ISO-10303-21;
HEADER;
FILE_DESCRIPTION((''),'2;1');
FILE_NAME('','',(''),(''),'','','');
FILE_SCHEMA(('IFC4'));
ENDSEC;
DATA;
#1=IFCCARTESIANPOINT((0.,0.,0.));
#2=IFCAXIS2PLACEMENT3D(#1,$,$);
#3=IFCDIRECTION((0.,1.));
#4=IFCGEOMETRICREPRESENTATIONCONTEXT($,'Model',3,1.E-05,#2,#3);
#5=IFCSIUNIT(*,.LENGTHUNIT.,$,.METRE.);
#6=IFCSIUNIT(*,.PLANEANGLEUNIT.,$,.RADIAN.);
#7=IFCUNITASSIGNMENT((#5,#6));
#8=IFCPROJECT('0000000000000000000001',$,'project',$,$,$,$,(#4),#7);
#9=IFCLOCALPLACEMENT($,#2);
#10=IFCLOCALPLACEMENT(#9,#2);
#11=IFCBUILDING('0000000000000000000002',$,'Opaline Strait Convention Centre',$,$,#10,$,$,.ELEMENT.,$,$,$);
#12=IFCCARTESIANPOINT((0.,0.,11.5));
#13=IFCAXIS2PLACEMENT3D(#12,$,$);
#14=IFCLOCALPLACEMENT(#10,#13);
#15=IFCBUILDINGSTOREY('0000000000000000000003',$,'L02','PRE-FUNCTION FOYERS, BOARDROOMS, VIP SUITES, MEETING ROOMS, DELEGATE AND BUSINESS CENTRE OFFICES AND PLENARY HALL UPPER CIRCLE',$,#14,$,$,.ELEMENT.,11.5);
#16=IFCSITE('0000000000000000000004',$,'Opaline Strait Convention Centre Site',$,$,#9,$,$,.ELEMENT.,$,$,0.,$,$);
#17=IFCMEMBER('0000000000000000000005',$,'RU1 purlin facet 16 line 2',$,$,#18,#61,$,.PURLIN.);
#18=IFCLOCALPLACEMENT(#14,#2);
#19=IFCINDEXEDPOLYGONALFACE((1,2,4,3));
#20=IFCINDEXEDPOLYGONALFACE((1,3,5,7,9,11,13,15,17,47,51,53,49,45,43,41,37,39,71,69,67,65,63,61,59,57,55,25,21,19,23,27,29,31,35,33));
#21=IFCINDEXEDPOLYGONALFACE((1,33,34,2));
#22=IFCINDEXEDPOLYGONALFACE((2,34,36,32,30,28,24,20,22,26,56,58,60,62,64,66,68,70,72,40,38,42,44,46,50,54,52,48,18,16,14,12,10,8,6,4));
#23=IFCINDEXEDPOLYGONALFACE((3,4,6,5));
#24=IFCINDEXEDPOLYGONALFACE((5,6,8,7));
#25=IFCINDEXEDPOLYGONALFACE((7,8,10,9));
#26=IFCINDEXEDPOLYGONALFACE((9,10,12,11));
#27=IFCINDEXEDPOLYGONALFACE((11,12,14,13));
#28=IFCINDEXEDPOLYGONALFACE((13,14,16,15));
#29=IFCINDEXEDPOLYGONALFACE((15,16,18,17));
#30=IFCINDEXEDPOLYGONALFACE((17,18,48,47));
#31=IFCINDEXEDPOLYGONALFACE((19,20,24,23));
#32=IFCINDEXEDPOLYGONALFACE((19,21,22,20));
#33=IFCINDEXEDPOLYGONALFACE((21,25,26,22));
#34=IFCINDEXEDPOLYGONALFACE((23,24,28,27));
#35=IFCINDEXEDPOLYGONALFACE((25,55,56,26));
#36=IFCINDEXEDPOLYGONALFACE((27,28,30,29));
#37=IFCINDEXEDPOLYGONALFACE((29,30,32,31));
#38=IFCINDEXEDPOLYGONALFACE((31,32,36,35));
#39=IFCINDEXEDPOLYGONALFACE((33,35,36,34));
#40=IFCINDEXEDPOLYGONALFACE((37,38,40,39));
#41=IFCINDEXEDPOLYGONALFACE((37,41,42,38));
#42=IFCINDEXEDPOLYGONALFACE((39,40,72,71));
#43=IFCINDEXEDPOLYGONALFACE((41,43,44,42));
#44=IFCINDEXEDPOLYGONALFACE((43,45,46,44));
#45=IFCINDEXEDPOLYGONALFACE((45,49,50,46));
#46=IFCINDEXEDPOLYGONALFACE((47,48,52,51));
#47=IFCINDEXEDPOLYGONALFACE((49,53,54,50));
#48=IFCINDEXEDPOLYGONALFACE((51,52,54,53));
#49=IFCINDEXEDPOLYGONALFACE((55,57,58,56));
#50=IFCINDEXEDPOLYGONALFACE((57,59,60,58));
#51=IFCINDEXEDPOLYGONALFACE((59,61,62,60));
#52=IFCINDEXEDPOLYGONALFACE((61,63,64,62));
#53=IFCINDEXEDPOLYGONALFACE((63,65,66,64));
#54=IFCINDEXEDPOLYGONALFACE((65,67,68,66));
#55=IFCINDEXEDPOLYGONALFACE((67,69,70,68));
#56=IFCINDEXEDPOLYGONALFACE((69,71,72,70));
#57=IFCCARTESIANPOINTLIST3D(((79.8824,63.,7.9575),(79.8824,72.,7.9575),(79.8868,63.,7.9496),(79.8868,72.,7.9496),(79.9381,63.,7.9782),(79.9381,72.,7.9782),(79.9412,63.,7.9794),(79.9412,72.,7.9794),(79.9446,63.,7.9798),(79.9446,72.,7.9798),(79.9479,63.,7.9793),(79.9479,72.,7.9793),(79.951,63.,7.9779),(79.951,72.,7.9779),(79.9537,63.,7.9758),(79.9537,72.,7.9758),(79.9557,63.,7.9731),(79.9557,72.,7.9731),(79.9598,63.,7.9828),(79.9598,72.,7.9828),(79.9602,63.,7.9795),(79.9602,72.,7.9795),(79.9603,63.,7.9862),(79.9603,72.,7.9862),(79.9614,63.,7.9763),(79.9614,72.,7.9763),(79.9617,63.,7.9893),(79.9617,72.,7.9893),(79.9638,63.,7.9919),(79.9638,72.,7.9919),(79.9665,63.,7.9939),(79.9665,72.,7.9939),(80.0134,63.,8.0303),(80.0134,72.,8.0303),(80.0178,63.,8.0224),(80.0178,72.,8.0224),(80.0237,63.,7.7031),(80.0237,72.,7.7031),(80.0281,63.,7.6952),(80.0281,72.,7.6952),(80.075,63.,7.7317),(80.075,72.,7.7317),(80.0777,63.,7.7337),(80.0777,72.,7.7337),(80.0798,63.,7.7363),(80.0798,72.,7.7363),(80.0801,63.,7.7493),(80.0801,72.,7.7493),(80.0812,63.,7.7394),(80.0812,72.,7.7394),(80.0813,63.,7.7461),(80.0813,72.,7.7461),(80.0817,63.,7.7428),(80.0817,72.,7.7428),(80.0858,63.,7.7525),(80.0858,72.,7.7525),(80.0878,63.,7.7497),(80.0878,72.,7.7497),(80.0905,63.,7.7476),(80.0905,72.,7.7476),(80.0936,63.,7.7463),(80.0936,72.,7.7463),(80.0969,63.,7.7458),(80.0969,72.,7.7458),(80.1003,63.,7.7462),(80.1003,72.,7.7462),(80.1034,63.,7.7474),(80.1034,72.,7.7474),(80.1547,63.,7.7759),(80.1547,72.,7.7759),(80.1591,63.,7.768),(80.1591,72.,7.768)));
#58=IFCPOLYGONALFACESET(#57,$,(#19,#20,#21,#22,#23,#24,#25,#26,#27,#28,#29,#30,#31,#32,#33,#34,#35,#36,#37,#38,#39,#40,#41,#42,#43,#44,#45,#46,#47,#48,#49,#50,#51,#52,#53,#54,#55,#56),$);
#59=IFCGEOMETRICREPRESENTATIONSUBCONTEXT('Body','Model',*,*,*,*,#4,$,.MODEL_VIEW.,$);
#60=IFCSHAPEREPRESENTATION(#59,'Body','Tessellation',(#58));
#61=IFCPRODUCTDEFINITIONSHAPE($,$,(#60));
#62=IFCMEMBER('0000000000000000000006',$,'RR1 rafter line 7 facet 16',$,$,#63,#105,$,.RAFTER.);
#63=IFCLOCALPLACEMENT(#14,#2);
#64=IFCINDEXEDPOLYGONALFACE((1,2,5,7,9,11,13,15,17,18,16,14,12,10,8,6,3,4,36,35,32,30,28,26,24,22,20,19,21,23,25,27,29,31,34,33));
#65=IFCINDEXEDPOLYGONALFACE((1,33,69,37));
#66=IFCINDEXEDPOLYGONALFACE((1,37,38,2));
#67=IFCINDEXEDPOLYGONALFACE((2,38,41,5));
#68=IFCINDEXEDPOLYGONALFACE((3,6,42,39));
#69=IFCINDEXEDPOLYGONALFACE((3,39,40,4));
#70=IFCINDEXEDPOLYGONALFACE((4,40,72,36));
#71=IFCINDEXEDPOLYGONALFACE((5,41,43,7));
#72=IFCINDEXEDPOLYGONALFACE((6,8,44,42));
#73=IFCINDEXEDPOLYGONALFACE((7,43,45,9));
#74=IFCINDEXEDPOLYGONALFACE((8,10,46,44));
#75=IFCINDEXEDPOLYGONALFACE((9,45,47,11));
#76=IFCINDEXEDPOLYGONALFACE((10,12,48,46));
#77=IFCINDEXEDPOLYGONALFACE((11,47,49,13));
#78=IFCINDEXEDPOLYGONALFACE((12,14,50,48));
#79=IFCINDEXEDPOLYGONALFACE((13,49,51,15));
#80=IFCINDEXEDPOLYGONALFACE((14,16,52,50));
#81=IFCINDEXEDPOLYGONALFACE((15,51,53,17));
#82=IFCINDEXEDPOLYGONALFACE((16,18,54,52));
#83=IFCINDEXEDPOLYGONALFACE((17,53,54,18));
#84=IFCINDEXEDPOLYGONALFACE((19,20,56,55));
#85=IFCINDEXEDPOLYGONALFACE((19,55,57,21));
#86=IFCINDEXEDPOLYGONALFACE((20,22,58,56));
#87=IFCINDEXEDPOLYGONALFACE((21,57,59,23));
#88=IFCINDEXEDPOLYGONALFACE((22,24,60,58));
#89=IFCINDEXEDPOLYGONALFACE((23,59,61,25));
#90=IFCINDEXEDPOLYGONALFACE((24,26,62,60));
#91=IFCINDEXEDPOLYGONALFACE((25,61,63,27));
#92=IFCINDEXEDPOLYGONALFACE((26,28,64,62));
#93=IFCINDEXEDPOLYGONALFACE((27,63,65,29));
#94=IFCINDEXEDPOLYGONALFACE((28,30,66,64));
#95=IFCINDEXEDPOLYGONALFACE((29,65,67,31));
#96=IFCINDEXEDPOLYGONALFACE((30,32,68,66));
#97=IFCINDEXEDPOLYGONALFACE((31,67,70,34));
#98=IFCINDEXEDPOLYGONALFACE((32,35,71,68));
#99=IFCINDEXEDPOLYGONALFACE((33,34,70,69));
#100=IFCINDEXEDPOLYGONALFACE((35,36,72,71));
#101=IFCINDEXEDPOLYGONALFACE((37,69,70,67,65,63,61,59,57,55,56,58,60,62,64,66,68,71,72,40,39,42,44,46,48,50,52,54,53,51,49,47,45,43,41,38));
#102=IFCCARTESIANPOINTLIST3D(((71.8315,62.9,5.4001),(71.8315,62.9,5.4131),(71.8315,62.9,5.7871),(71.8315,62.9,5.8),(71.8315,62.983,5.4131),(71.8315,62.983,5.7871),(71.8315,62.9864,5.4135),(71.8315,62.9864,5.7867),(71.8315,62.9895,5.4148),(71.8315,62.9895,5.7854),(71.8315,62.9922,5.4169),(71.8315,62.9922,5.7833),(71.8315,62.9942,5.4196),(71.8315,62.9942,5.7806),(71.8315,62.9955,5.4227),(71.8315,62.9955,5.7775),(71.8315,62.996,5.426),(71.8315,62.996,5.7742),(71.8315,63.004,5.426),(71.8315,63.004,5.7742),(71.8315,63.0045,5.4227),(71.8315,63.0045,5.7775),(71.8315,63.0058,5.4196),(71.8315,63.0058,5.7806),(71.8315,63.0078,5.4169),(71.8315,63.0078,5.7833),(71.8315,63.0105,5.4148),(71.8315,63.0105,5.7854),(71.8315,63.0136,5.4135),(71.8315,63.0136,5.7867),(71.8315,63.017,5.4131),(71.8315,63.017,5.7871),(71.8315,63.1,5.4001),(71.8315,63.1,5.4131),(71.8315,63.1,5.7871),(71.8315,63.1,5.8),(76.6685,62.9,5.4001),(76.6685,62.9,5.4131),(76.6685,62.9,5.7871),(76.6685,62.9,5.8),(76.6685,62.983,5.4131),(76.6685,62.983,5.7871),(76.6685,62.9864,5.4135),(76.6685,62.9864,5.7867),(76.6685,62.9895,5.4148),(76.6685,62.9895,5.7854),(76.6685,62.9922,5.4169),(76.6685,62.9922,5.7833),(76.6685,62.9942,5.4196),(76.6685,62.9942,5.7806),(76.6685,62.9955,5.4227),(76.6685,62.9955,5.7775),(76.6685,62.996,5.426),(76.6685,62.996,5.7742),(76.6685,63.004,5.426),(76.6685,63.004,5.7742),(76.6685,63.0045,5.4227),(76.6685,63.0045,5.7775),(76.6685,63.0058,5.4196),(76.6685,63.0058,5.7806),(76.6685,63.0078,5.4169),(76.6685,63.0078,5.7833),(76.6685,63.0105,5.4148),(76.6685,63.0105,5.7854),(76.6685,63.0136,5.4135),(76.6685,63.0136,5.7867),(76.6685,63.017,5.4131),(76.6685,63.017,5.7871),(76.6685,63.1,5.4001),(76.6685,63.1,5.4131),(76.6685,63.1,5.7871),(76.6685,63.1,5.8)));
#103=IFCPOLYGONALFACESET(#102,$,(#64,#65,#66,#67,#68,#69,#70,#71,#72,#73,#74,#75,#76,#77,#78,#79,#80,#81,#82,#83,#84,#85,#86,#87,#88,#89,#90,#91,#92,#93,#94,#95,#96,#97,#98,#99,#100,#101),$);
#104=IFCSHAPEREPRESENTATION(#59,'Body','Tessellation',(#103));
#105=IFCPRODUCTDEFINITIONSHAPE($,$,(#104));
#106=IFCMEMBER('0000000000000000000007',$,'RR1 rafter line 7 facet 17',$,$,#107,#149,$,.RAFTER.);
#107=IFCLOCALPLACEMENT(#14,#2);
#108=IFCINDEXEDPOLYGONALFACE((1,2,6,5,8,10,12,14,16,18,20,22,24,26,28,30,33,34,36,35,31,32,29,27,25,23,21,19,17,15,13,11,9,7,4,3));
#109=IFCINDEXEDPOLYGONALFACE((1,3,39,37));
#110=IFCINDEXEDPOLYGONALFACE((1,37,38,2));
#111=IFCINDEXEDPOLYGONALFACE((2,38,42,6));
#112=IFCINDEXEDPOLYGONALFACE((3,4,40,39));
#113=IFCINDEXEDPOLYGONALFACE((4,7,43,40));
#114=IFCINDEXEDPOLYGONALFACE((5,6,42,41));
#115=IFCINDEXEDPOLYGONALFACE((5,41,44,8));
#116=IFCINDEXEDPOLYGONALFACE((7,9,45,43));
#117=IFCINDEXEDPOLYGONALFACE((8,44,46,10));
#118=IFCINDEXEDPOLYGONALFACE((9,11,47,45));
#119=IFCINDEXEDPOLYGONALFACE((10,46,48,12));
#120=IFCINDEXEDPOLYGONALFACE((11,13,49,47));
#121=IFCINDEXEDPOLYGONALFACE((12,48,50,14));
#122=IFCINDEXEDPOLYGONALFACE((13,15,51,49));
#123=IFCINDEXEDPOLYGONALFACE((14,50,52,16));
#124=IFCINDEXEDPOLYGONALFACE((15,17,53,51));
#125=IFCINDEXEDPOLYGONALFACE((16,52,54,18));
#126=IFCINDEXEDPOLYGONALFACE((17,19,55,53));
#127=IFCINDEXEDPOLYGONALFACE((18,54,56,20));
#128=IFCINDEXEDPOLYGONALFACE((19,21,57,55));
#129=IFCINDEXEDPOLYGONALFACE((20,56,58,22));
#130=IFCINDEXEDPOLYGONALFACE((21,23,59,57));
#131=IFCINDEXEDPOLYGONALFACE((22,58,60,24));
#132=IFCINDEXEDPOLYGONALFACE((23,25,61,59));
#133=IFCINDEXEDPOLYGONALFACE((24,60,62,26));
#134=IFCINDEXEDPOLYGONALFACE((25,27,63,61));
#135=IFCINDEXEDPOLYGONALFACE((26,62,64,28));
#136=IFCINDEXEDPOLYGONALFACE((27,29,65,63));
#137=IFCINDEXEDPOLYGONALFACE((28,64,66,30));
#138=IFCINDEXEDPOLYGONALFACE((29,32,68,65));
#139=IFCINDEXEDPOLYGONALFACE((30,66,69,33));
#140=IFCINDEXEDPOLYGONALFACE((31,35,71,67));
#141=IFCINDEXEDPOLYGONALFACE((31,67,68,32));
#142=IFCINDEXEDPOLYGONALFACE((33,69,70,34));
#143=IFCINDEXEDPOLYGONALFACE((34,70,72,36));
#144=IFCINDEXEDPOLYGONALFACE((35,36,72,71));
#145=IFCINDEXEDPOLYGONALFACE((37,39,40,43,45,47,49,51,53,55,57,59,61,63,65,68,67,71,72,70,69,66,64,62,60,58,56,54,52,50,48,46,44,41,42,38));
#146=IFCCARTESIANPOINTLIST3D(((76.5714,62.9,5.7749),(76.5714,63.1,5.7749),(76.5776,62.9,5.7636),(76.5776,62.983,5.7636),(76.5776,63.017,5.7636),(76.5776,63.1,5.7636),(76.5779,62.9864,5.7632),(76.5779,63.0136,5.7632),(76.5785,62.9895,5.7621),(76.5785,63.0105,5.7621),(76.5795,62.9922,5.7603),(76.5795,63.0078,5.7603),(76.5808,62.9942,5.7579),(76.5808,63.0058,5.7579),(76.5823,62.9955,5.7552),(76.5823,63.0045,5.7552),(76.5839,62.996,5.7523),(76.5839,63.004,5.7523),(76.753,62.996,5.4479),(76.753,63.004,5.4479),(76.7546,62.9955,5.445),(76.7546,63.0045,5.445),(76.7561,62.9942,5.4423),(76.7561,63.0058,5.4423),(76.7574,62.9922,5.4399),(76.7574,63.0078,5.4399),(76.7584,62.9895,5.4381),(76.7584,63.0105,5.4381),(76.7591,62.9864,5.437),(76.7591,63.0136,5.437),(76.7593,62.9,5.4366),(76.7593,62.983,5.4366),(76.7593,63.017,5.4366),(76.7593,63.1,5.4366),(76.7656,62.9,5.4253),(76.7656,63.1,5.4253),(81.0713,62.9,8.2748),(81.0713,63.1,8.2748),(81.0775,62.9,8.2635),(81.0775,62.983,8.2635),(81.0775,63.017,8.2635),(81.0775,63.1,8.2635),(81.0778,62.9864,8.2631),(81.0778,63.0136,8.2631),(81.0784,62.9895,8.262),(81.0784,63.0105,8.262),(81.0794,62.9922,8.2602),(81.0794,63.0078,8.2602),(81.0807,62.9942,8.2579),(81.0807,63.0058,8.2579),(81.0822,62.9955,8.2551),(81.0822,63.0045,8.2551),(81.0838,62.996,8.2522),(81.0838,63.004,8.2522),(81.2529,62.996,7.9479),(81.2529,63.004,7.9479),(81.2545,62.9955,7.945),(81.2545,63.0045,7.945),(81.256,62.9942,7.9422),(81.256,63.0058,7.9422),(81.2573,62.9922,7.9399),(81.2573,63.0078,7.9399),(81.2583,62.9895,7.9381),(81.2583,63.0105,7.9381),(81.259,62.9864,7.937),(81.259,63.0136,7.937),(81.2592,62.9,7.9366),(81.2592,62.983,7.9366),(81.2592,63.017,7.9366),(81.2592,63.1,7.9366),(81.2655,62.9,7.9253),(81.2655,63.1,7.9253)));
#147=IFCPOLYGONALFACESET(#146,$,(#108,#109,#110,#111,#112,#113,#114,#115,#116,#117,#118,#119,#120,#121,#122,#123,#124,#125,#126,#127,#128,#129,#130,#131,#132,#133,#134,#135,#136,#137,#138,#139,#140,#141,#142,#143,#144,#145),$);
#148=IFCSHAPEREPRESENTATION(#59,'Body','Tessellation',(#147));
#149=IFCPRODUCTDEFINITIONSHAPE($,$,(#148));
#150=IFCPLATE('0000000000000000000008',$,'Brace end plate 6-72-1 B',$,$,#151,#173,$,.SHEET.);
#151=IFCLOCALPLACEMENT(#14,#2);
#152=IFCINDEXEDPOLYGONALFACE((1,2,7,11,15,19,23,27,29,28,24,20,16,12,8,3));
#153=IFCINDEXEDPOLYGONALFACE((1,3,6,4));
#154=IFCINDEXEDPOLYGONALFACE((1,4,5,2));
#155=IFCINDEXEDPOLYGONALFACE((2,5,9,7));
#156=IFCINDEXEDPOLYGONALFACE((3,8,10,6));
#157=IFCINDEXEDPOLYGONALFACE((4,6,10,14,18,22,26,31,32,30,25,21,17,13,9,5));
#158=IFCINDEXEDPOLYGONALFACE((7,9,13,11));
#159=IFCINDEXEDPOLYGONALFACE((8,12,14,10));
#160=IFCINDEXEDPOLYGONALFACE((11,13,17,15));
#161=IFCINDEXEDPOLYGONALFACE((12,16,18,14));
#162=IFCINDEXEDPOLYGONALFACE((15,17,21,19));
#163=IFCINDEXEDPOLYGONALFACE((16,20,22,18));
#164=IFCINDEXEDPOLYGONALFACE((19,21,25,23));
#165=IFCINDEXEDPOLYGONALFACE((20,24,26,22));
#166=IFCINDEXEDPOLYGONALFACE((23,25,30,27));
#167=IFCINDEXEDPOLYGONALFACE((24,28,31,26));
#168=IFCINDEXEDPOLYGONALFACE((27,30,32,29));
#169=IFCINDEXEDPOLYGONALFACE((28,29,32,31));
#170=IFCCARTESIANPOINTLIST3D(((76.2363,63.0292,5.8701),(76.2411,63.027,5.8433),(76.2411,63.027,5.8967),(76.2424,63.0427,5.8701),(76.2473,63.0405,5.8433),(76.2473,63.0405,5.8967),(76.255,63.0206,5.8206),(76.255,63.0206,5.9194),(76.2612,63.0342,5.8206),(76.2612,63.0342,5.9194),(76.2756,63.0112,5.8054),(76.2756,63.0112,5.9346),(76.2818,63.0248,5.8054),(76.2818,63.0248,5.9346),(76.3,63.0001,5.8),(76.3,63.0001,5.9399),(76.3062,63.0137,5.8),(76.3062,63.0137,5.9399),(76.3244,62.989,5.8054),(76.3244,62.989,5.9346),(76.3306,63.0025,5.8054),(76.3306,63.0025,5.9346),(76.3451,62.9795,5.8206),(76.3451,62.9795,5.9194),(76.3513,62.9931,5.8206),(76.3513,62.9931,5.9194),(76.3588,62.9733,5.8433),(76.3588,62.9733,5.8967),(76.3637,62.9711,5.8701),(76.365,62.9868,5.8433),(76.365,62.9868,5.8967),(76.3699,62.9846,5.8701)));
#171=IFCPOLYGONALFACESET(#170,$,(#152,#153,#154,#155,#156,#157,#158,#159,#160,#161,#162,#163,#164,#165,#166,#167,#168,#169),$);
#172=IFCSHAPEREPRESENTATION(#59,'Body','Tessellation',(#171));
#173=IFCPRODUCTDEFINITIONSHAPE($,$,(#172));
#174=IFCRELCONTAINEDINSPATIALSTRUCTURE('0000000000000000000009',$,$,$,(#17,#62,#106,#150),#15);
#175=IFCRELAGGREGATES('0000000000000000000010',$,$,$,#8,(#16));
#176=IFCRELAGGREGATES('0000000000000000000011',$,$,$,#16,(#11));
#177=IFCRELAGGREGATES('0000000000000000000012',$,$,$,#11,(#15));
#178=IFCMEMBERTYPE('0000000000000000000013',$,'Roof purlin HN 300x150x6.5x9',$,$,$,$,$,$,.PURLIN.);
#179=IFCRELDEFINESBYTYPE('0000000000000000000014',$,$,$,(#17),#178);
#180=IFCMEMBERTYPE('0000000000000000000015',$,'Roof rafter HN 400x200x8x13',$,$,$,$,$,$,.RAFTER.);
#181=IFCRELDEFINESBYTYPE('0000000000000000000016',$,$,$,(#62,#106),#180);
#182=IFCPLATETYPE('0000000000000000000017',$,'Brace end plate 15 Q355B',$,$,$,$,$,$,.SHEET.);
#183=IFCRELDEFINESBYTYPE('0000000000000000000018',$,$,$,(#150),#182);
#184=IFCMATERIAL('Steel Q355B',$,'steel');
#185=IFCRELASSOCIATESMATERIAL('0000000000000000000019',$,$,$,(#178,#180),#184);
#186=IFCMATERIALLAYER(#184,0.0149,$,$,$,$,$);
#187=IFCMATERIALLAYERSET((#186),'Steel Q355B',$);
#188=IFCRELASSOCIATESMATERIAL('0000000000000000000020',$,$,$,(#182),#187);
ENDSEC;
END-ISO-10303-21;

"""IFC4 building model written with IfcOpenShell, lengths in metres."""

from ifc_helpers import new_model, si_unit, direction, frame, origin, origin_2d, place, context, subcontext, project, spatial, polyline, i_section, outline, extrude, material, layer, layer_set, material_profile, profile_set, type_object, element, save


model = new_model("IFC4")

# Units and contexts
model_context = context("Model", 3, precision=1e-05, world=origin(), true_north=direction((0.0, 1.0)))
body_context = subcontext(model_context, "Body", "Model", "MODEL_VIEW")
ifc_project = project(units=[si_unit("LENGTHUNIT", "METRE"), si_unit("PLANEANGLEUNIT", "RADIAN")], contexts=[model_context])

# Site, building, storey
site_placement = place(None, origin())
site = spatial("IfcSite", under=ifc_project, at=site_placement, Name="Opaline Strait Convention Centre Site", CompositionType="ELEMENT", RefElevation=0.0)
building_placement = place(site_placement, origin())
building = spatial("IfcBuilding", under=site, at=building_placement, Name="Opaline Strait Convention Centre", CompositionType="ELEMENT")
storey_placement = place(building_placement, frame((0.0, 0.0, 11.5)))
storey = spatial("IfcBuildingStorey", under=building, at=storey_placement, Name="L02", Description="PRE-FUNCTION FOYERS, BOARDROOMS, VIP SUITES, MEETING ROOMS, DELEGATE AND BUSINESS CENTRE OFFICES AND PLENARY HALL UPPER CIRCLE", CompositionType="ELEMENT", Elevation=11.5)

# Shared definitions
ifc_material_1 = material(Name="Steel Q355B", Category="steel")

# Members
ifc_material_profile_1 = material_profile(ifc_material_1, i_section(OverallWidth=0.1499, OverallDepth=0.3, WebThickness=0.0066, FlangeThickness=0.009, FilletRadius=0.0129, at=origin_2d()), Name="HN 300x150x6.5x9")
ifc_profile_set_1 = profile_set([ifc_material_profile_1], Name="Steel Q355B")
member_type_1 = type_object("IfcMemberType", Name="Roof purlin HN 300x150x6.5x9", PredefinedType="PURLIN", material=ifc_profile_set_1)
for number, where, z_axis, x_axis, name in (
    (1, (80.0208, 63.0, 7.8628), (0.0, 1.0, 0.0), (-0.874157, 0.0, -0.485643), "RU1 purlin facet 16 line 2"),
):
    element("IfcMember", number, at=place(storey_placement, frame(where, z_axis=z_axis, x_axis=x_axis)), inside=storey, type_object=member_type_1, Name=name, PredefinedType="PURLIN", context=body_context, shape_type="SweptSolid", body=[
        extrude(i_section(OverallWidth=0.1499, OverallDepth=0.3, WebThickness=0.0066, FlangeThickness=0.009, FilletRadius=0.0129, at=origin_2d()), origin(), (0.0, 0.0, 1.0), 9.0),
    ])
ifc_material_profile_2 = material_profile(ifc_material_1, i_section(OverallWidth=0.2, OverallDepth=0.3999, WebThickness=0.0081, FlangeThickness=0.0129, FilletRadius=0.0129, at=origin_2d()), Name="HN 400x200x8x13")
ifc_profile_set_2 = profile_set([ifc_material_profile_2], Name="Steel Q355B")
member_type_2 = type_object("IfcMemberType", Name="Roof rafter HN 400x200x8x13", PredefinedType="RAFTER", material=ifc_profile_set_2)
member_1_placement = place(storey_placement, frame((71.8315, 63.0, 5.6001), z_axis=(1.0, 0.0, 0.0), x_axis=(0.0, 1.0, 0.0)))
element("IfcMember", 2, at=member_1_placement, inside=storey, type_object=member_type_2, Name="RR1 rafter line 7 facet 16", PredefinedType="RAFTER", context=body_context, shape_type="SweptSolid", body=[
    extrude(i_section(OverallWidth=0.2, OverallDepth=0.3999, WebThickness=0.0081, FlangeThickness=0.0129, FilletRadius=0.0129, at=origin_2d()), origin(), (0.0, 0.0, 1.0), 4.8369),
])
member_2_placement = place(storey_placement, frame((76.6685, 63.0, 5.6001), z_axis=(0.874157, 0.0, 0.485643), x_axis=(0.0, 1.0, 0.0)))
element("IfcMember", 3, at=member_2_placement, inside=storey, type_object=member_type_2, Name="RR1 rafter line 7 facet 17", PredefinedType="RAFTER", context=body_context, shape_type="SweptSolid", body=[
    extrude(i_section(OverallWidth=0.2, OverallDepth=0.3999, WebThickness=0.0081, FlangeThickness=0.0129, FilletRadius=0.0129, at=origin_2d()), origin(), (0.0, 0.0, 1.0), 5.1477),
])

# Plate
ifc_layer_1 = layer(ifc_material_1, 0.0149)
ifc_layer_set_1 = layer_set([ifc_layer_1], Name="Steel Q355B")
plate_type = type_object("IfcPlateType", Name="Brace end plate 15 Q355B", PredefinedType="SHEET", material=ifc_layer_set_1)
plate_1_placement = place(storey_placement, frame((76.3699, 62.9846, 5.8701), z_axis=(0.414837, 0.909896, 0.0), x_axis=(-0.177911, 0.081112, -0.980698)))
element("IfcPlate", 4, at=plate_1_placement, inside=storey, type_object=plate_type, Name="Brace end plate 6-72-1 B", PredefinedType="SHEET", context=body_context, shape_type="SweptSolid", body=[
    extrude(outline(polyline([(0.0, 0.0), (0.0274, 0.0), (0.0526, 0.0103), (0.0719, 0.0297), (0.0824, 0.055), (0.0824, 0.0823), (0.072, 0.1074), (0.0527, 0.1269), (0.0274, 0.1374), (0.0002, 0.1373), (-0.025, 0.1268), (-0.0443, 0.1075), (-0.0548, 0.0823), (-0.0548, 0.0549), (-0.0444, 0.0297), (-0.0251, 0.0105), (0.0, 0.0)])), origin(), (0.0, 0.0, -1.0), 0.0149),
])

save(model, "model.ifc")
